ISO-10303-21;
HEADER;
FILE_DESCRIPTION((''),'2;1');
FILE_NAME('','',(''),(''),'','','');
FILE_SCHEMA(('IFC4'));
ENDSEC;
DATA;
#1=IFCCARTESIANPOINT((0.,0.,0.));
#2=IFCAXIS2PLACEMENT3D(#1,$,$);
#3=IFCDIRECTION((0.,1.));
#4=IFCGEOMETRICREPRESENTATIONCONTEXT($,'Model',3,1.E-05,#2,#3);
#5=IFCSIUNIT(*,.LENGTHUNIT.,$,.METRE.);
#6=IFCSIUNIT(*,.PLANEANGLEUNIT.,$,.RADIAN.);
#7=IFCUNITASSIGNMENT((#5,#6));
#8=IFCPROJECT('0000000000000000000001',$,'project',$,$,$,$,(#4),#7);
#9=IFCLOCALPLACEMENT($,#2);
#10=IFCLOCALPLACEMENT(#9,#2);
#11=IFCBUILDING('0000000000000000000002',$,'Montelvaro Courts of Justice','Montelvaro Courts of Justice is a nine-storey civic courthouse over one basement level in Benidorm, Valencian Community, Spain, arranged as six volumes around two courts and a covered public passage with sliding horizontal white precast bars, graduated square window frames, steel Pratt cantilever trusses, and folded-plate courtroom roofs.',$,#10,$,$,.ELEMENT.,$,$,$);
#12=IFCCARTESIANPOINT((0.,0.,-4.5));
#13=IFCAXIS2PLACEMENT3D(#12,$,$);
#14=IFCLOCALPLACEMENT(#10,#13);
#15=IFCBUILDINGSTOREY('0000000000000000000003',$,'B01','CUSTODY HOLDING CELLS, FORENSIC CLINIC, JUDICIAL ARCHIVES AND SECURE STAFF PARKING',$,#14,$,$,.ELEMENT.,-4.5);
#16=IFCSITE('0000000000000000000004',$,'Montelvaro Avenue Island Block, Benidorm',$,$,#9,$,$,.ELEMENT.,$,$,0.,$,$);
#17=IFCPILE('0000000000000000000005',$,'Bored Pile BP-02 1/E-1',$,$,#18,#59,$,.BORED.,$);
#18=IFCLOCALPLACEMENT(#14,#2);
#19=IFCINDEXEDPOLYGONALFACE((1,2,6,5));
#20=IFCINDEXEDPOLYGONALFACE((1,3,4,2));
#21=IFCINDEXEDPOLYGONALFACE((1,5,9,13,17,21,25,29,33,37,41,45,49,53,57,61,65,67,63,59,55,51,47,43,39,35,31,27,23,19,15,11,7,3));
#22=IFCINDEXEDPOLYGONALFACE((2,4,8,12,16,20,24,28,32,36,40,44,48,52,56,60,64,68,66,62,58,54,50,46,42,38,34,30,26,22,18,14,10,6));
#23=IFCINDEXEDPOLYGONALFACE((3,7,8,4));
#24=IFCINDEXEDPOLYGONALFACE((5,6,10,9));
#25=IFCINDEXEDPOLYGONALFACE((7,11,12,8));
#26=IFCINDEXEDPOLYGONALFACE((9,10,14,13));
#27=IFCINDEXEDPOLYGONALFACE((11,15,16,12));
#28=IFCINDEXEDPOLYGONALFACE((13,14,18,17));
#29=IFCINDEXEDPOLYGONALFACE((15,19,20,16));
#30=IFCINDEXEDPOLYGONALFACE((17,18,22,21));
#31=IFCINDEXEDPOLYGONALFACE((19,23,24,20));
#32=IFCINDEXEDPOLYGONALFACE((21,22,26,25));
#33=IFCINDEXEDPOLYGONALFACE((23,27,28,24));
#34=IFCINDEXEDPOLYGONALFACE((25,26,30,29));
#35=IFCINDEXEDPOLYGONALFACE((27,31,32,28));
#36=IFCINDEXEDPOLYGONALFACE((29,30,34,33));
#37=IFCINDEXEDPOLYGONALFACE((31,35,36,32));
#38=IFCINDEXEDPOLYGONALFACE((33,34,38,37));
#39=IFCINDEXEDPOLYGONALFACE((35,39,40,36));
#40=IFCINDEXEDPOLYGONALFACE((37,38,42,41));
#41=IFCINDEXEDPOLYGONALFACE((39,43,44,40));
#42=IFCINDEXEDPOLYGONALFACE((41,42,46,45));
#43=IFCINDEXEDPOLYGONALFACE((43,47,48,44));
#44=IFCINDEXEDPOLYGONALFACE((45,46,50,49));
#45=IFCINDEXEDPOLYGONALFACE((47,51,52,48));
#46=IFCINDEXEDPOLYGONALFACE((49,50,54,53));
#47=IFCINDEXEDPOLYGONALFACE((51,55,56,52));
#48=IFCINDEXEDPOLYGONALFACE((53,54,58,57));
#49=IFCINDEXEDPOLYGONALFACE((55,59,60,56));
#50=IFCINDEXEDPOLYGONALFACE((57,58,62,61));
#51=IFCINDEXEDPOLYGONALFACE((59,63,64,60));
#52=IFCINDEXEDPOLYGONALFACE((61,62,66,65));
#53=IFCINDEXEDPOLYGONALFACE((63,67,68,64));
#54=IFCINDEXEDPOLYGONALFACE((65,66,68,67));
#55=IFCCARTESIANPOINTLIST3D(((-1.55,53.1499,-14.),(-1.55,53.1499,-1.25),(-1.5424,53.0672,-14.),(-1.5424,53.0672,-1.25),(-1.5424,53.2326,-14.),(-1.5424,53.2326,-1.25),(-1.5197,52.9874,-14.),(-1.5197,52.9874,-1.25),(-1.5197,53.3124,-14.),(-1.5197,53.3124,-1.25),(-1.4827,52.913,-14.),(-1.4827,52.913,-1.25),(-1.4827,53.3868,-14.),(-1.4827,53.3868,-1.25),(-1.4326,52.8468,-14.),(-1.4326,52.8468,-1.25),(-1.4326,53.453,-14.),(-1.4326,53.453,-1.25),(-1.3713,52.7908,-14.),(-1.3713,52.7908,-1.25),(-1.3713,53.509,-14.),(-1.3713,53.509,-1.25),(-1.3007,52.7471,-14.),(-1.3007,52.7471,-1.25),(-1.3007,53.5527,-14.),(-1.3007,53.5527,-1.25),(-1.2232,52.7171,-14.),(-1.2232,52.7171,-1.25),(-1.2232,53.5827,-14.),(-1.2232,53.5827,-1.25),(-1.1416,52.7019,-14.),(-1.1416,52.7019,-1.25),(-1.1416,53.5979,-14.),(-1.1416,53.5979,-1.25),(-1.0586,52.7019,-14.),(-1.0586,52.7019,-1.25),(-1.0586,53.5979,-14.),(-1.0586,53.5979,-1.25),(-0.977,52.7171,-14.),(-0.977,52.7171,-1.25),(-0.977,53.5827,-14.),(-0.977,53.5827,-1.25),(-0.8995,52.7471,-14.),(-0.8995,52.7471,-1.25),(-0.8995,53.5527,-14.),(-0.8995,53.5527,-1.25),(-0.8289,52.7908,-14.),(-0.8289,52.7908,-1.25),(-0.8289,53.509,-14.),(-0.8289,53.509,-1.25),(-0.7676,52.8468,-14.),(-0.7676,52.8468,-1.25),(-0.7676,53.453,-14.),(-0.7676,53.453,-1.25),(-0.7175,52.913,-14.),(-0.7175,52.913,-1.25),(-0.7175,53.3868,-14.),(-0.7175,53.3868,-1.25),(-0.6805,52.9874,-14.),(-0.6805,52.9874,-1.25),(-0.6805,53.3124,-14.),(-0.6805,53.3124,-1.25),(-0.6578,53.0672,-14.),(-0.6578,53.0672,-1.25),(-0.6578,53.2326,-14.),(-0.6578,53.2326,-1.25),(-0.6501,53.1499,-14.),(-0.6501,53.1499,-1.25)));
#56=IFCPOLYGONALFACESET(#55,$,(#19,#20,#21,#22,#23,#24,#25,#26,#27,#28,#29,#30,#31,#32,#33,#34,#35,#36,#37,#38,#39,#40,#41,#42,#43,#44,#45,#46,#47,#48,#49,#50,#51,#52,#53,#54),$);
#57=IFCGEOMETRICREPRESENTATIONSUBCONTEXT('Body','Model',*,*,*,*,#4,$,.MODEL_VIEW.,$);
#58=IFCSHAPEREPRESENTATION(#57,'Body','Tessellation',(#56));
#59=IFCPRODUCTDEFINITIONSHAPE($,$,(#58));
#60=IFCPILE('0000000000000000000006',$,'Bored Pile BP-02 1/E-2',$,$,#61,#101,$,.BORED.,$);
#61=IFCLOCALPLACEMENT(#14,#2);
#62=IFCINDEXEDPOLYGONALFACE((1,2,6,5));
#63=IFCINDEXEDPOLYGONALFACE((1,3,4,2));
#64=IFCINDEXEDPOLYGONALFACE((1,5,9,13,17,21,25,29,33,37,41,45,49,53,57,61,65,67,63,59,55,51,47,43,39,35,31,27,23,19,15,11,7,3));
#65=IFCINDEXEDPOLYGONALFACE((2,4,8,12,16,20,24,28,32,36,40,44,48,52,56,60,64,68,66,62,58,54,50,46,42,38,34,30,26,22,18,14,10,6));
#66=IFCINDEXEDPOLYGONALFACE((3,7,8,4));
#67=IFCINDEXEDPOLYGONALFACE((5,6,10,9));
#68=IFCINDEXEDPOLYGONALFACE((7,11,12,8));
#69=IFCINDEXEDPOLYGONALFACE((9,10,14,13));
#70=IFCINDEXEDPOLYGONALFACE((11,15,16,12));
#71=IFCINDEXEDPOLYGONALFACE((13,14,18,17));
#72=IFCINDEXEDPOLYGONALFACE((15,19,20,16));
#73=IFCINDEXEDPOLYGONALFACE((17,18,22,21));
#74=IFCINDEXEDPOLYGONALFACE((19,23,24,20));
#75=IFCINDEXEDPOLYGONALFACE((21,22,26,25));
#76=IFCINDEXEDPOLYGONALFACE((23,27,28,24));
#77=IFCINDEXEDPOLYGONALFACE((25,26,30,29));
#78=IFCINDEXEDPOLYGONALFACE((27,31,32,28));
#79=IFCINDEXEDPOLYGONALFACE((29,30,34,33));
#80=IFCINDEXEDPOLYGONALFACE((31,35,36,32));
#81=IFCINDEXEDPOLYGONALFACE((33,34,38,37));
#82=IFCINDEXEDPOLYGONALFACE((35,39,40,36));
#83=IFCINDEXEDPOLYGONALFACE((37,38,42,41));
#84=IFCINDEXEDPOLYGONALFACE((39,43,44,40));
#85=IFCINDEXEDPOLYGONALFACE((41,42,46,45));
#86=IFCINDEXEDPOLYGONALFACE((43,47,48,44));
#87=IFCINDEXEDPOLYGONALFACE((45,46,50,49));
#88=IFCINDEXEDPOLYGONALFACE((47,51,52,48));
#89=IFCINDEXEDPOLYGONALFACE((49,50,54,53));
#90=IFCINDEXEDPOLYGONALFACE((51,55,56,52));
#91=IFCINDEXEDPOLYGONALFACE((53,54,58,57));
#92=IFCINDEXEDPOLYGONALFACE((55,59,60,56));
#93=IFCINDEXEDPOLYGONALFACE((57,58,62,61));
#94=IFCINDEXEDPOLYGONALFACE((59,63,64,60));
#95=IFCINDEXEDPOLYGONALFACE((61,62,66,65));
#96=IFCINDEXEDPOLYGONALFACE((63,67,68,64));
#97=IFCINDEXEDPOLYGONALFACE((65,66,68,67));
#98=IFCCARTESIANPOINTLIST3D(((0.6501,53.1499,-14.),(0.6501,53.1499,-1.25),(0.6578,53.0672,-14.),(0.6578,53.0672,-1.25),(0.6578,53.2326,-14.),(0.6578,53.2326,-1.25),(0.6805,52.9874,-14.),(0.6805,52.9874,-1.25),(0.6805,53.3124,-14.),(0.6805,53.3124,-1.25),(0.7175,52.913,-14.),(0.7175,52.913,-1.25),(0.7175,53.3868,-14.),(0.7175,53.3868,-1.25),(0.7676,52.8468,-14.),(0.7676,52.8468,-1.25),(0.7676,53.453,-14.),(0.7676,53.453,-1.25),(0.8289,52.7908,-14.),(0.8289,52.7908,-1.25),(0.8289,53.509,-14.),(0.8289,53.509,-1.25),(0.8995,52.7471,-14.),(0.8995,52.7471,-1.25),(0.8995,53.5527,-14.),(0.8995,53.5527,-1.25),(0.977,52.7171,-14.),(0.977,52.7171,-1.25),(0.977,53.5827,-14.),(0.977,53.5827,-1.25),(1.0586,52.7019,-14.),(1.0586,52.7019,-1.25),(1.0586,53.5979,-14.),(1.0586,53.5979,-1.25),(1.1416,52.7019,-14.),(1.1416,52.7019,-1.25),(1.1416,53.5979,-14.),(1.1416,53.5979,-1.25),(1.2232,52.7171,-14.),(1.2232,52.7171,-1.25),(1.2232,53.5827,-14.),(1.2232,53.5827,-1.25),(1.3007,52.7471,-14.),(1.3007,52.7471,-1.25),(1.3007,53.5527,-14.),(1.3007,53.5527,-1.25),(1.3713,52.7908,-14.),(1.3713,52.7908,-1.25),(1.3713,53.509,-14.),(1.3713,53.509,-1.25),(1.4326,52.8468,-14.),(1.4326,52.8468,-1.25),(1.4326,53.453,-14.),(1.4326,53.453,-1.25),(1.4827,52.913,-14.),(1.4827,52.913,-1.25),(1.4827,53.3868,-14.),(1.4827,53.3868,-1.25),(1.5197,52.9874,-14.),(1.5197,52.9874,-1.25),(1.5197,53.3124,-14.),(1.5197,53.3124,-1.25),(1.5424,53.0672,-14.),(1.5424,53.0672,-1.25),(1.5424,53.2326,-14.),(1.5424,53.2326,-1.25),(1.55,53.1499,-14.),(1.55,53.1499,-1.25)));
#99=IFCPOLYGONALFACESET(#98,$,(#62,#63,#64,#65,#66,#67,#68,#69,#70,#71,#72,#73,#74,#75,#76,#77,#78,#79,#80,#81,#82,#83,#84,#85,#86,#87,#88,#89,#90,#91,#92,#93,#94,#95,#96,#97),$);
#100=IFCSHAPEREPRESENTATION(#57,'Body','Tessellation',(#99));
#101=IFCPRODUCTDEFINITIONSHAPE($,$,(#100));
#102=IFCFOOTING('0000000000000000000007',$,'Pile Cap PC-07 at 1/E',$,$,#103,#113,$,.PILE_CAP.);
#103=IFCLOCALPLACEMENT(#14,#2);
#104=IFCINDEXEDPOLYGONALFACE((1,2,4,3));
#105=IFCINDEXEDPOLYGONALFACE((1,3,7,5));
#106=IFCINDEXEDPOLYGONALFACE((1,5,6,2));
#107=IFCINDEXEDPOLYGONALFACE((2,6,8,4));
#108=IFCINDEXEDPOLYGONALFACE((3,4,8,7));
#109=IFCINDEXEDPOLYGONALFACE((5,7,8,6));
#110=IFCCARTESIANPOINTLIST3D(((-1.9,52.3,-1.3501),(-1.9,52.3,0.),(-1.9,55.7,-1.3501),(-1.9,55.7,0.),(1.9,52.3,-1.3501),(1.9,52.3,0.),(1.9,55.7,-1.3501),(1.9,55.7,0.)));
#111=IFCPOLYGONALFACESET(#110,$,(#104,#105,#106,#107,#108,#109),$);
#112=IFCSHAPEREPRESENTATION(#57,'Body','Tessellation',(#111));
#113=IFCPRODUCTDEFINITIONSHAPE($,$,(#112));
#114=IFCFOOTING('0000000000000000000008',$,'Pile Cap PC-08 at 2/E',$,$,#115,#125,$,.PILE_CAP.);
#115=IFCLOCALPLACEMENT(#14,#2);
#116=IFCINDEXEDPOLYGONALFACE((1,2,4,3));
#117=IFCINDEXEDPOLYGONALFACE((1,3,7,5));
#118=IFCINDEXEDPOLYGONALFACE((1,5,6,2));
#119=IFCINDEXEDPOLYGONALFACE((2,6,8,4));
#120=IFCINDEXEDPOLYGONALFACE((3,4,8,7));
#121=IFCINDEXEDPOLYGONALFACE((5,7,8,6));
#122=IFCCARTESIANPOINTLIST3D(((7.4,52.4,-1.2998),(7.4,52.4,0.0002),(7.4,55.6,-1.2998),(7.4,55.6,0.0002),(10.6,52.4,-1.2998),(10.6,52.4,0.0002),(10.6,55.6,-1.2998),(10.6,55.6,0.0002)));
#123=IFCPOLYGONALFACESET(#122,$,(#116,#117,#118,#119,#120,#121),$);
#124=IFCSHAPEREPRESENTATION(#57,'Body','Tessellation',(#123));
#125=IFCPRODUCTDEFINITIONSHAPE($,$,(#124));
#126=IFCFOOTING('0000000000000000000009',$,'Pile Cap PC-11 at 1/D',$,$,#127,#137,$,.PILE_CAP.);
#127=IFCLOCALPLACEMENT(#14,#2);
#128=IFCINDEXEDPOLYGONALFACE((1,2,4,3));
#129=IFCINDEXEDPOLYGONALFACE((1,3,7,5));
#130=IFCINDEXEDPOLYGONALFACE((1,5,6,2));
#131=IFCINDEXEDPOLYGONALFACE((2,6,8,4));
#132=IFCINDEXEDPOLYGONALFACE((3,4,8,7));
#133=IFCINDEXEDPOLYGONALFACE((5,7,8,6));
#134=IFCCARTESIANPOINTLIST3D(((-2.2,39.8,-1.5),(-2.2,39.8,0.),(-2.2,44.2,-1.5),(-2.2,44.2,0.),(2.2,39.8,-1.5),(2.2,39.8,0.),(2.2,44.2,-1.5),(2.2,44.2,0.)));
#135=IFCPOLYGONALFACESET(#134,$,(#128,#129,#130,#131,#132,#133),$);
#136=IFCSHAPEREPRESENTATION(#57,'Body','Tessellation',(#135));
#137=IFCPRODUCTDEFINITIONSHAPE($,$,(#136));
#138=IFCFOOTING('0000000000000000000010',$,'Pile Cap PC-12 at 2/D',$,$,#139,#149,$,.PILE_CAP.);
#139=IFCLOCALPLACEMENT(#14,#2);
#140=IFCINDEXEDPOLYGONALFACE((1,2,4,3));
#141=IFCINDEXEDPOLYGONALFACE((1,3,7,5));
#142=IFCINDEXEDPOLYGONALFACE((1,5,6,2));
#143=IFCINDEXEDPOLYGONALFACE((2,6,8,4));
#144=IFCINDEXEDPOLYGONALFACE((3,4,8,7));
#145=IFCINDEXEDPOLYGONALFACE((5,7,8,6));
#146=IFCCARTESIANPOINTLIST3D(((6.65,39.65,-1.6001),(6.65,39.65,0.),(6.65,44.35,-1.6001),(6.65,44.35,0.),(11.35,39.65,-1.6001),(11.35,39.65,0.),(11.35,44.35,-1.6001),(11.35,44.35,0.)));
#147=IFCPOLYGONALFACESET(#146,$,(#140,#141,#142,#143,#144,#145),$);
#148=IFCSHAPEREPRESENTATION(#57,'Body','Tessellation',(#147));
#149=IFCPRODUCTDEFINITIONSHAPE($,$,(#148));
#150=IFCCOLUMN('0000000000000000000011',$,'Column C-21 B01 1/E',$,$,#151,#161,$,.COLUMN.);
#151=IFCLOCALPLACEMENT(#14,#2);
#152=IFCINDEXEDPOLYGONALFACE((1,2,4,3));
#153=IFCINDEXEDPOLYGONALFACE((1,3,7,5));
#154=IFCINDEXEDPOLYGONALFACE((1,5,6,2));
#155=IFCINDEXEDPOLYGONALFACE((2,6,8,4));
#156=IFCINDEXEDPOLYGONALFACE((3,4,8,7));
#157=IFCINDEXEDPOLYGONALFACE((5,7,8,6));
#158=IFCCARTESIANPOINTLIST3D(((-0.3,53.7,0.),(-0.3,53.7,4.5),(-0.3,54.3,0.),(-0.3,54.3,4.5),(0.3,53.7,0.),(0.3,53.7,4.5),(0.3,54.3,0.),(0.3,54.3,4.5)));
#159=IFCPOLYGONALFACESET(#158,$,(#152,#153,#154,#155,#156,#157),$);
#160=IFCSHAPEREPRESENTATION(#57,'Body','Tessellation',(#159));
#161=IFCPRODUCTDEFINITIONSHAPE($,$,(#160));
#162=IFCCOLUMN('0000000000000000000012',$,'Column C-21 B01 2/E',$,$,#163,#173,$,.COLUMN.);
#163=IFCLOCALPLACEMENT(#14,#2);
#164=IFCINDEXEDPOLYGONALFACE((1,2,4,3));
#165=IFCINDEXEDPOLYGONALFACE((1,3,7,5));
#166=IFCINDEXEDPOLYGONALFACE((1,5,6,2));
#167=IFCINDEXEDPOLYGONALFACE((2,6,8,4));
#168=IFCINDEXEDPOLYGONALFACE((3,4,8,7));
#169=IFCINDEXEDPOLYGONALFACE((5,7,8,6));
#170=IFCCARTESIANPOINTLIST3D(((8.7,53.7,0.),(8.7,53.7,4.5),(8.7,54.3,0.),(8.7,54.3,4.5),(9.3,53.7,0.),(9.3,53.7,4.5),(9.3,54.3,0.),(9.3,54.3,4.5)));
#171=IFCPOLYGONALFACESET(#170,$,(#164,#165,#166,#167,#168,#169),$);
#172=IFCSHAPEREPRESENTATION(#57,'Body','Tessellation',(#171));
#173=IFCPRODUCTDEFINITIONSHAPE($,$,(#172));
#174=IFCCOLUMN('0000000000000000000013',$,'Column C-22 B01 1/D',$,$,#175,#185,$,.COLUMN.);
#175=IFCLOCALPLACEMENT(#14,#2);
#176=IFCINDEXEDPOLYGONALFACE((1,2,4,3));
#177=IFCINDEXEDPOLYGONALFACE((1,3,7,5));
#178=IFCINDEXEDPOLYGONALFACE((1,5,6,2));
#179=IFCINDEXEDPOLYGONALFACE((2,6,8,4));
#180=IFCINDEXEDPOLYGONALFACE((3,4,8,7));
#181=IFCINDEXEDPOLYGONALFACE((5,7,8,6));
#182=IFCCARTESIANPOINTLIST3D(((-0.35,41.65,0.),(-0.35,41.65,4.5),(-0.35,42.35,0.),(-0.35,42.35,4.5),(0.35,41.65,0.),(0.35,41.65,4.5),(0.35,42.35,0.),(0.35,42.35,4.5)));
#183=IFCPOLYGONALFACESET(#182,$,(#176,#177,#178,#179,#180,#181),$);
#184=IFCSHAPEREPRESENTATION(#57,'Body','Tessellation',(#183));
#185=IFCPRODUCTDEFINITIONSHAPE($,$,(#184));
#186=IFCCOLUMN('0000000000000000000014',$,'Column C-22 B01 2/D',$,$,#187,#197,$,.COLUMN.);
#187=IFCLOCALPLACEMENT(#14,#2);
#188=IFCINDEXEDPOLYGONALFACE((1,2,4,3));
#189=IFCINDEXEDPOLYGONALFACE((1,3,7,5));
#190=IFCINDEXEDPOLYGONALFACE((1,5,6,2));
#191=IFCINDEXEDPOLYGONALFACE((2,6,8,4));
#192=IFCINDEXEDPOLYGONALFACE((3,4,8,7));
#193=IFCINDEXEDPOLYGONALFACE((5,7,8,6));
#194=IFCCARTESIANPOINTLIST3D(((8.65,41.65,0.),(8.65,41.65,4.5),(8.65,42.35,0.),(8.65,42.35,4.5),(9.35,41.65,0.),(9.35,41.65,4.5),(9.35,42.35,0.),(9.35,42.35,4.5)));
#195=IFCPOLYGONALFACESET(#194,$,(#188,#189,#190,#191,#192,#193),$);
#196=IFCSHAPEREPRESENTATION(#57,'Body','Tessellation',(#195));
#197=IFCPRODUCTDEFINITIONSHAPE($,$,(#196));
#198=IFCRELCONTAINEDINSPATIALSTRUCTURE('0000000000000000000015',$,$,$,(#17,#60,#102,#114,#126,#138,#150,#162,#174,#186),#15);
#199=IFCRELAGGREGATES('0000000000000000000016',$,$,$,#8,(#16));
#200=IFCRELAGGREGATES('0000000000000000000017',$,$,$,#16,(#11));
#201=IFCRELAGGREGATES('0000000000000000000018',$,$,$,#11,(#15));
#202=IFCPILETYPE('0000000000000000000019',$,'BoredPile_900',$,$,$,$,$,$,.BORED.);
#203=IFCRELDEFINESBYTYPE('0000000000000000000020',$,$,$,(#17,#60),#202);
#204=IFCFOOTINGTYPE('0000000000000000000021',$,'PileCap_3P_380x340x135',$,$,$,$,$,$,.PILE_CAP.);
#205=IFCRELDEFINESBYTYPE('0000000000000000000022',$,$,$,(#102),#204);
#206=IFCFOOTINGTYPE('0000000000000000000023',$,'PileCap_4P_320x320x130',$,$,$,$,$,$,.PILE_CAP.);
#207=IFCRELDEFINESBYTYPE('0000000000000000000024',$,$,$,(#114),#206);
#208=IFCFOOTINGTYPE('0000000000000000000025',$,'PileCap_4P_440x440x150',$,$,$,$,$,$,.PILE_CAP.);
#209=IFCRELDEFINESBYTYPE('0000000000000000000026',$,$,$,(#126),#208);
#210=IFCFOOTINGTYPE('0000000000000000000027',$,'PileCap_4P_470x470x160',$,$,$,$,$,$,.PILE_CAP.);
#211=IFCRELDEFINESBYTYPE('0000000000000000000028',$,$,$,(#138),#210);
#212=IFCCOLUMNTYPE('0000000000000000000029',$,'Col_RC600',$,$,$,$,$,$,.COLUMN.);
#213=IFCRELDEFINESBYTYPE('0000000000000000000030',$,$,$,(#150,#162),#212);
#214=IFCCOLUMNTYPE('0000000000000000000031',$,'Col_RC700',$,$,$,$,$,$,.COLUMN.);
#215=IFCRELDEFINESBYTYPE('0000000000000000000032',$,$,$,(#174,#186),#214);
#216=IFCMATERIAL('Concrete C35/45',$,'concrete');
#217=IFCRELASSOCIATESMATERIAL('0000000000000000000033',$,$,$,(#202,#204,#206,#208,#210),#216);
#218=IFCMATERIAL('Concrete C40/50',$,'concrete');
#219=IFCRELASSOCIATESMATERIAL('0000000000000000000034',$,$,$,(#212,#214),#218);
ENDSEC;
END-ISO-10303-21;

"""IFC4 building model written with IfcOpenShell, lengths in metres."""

from ifc_helpers import new_model, si_unit, direction, frame, origin, origin_2d, place, context, subcontext, project, spatial, rectangle, circle, extrude, material, material_profile, profile_set, type_object, element, save


model = new_model("IFC4")

# Units and contexts
model_context = context("Model", 3, precision=1e-05, world=origin(), true_north=direction((0.0, 1.0)))
body_context = subcontext(model_context, "Body", "Model", "MODEL_VIEW")
ifc_project = project(units=[si_unit("LENGTHUNIT", "METRE"), si_unit("PLANEANGLEUNIT", "RADIAN")], contexts=[model_context])

# Site, building, storey
site_placement = place(None, origin())
site = spatial("IfcSite", under=ifc_project, at=site_placement, Name="Montelvaro Avenue Island Block, Benidorm", CompositionType="ELEMENT", RefElevation=0.0)
building_placement = place(site_placement, origin())
building = spatial("IfcBuilding", under=site, at=building_placement, Name="Montelvaro Courts of Justice", Description="Montelvaro Courts of Justice is a nine-storey civic courthouse over one basement level in Benidorm, Valencian Community, Spain, arranged as six volumes around two courts and a covered public passage with sliding horizontal white precast bars, graduated square window frames, steel Pratt cantilever trusses, and folded-plate courtroom roofs.", CompositionType="ELEMENT")
storey_placement = place(building_placement, frame((0.0, 0.0, -4.5)))
storey = spatial("IfcBuildingStorey", under=building, at=storey_placement, Name="B01", Description="CUSTODY HOLDING CELLS, FORENSIC CLINIC, JUDICIAL ARCHIVES AND SECURE STAFF PARKING", CompositionType="ELEMENT", Elevation=-4.5)

# Piles
ifc_material_1 = material(Name="Concrete C35/45", Category="concrete")
ifc_material_profile_1 = material_profile(ifc_material_1, circle(Radius=0.45, at=origin_2d()), Name="BORED PILE D900")
ifc_profile_set_1 = profile_set([ifc_material_profile_1], Name="Concrete C35/45")
pile_type_1 = type_object("IfcPileType", Name="BoredPile_900", PredefinedType="BORED", material=ifc_profile_set_1)
for number, where, z_axis, x_axis, name in (
    (1, (-1.1001, 53.1499, -1.25), (0.0, 0.0, -1.0), (1.0, 0.0, 0.0), "Bored Pile BP-02 1/E-1"),
    (2, (1.1001, 53.1499, -1.25), (0.0, 0.0, -1.0), (1.0, 0.0, 0.0), "Bored Pile BP-02 1/E-2"),
):
    element("IfcPile", number, at=place(storey_placement, frame(where, z_axis=z_axis, x_axis=x_axis)), inside=storey, type_object=pile_type_1, Name=name, PredefinedType="BORED", context=body_context, shape_type="SweptSolid", body=[
        extrude(circle(Radius=0.45, at=origin_2d()), origin(), (0.0, 0.0, 1.0), 12.75),
    ])

# Footings
footing_type_1 = type_object("IfcFootingType", Name="PileCap_3P_380x340x135", PredefinedType="PILE_CAP", material=ifc_material_1)
footing_1_placement = place(storey_placement, frame((0.0, 54.0, -1.3501), z_axis=(0.0, 0.0, 1.0), x_axis=(1.0, 0.0, 0.0)))
element("IfcFooting", 3, at=footing_1_placement, inside=storey, type_object=footing_type_1, Name="Pile Cap PC-07 at 1/E", PredefinedType="PILE_CAP", context=body_context, shape_type="SweptSolid", body=[
    extrude(rectangle(XDim=3.8, YDim=3.3999, at=origin_2d()), origin(), (0.0, 0.0, 1.0), 1.3501),
])
footing_type_2 = type_object("IfcFootingType", Name="PileCap_4P_320x320x130", PredefinedType="PILE_CAP", material=ifc_material_1)
footing_2_placement = place(storey_placement, frame((9.0, 54.0, -1.2998), z_axis=(0.0, 0.0, 1.0), x_axis=(1.0, 0.0, 0.0)))
element("IfcFooting", 4, at=footing_2_placement, inside=storey, type_object=footing_type_2, Name="Pile Cap PC-08 at 2/E", PredefinedType="PILE_CAP", context=body_context, shape_type="SweptSolid", body=[
    extrude(rectangle(XDim=3.2, YDim=3.2, at=origin_2d()), origin(), (0.0, 0.0, 1.0), 1.3),
])
footing_type_3 = type_object("IfcFootingType", Name="PileCap_4P_440x440x150", PredefinedType="PILE_CAP", material=ifc_material_1)
footing_3_placement = place(storey_placement, frame((0.0, 42.0, -1.5), z_axis=(0.0, 0.0, 1.0), x_axis=(1.0, 0.0, 0.0)))
element("IfcFooting", 5, at=footing_3_placement, inside=storey, type_object=footing_type_3, Name="Pile Cap PC-11 at 1/D", PredefinedType="PILE_CAP", context=body_context, shape_type="SweptSolid", body=[
    extrude(rectangle(XDim=4.3999, YDim=4.3999, at=origin_2d()), origin(), (0.0, 0.0, 1.0), 1.5),
])
footing_type_4 = type_object("IfcFootingType", Name="PileCap_4P_470x470x160", PredefinedType="PILE_CAP", material=ifc_material_1)
footing_4_placement = place(storey_placement, frame((9.0, 42.0, -1.6001), z_axis=(0.0, 0.0, 1.0), x_axis=(1.0, 0.0, 0.0)))
element("IfcFooting", 6, at=footing_4_placement, inside=storey, type_object=footing_type_4, Name="Pile Cap PC-12 at 2/D", PredefinedType="PILE_CAP", context=body_context, shape_type="SweptSolid", body=[
    extrude(rectangle(XDim=4.7, YDim=4.7, at=origin_2d()), origin(), (0.0, 0.0, 1.0), 1.6001),
])

# Columns
ifc_material_2 = material(Name="Concrete C40/50", Category="concrete")
ifc_material_profile_2 = material_profile(ifc_material_2, rectangle(XDim=0.6001, YDim=0.6001, at=origin_2d()), Name="RC 600x600")
ifc_profile_set_2 = profile_set([ifc_material_profile_2], Name="Concrete C40/50")
column_type_1 = type_object("IfcColumnType", Name="Col_RC600", PredefinedType="COLUMN", material=ifc_profile_set_2)
for number, where, z_axis, x_axis, name in (
    (7, (0.0, 54.0, 0.0), (0.0, 0.0, 1.0), (1.0, 0.0, 0.0), "Column C-21 B01 1/E"),
    (8, (9.0, 54.0, 0.0), (0.0, 0.0, 1.0), (1.0, 0.0, 0.0), "Column C-21 B01 2/E"),
):
    element("IfcColumn", number, at=place(storey_placement, frame(where, z_axis=z_axis, x_axis=x_axis)), inside=storey, type_object=column_type_1, Name=name, PredefinedType="COLUMN", context=body_context, shape_type="SweptSolid", body=[
        extrude(rectangle(XDim=0.6001, YDim=0.6001, at=origin_2d()), origin(), (0.0, 0.0, 1.0), 4.5),
    ])
ifc_material_profile_3 = material_profile(ifc_material_2, rectangle(XDim=0.7, YDim=0.7, at=origin_2d()), Name="RC 700x700")
ifc_profile_set_3 = profile_set([ifc_material_profile_3], Name="Concrete C40/50")
column_type_2 = type_object("IfcColumnType", Name="Col_RC700", PredefinedType="COLUMN", material=ifc_profile_set_3)
for number, where, z_axis, x_axis, name in (
    (9, (0.0, 42.0, 0.0), (0.0, 0.0, 1.0), (1.0, 0.0, 0.0), "Column C-22 B01 1/D"),
    (10, (9.0, 42.0, 0.0), (0.0, 0.0, 1.0), (1.0, 0.0, 0.0), "Column C-22 B01 2/D"),
):
    element("IfcColumn", number, at=place(storey_placement, frame(where, z_axis=z_axis, x_axis=x_axis)), inside=storey, type_object=column_type_2, Name=name, PredefinedType="COLUMN", context=body_context, shape_type="SweptSolid", body=[
        extrude(rectangle(XDim=0.7, YDim=0.7, at=origin_2d()), origin(), (0.0, 0.0, 1.0), 4.5),
    ])

save(model, "model.ifc")
